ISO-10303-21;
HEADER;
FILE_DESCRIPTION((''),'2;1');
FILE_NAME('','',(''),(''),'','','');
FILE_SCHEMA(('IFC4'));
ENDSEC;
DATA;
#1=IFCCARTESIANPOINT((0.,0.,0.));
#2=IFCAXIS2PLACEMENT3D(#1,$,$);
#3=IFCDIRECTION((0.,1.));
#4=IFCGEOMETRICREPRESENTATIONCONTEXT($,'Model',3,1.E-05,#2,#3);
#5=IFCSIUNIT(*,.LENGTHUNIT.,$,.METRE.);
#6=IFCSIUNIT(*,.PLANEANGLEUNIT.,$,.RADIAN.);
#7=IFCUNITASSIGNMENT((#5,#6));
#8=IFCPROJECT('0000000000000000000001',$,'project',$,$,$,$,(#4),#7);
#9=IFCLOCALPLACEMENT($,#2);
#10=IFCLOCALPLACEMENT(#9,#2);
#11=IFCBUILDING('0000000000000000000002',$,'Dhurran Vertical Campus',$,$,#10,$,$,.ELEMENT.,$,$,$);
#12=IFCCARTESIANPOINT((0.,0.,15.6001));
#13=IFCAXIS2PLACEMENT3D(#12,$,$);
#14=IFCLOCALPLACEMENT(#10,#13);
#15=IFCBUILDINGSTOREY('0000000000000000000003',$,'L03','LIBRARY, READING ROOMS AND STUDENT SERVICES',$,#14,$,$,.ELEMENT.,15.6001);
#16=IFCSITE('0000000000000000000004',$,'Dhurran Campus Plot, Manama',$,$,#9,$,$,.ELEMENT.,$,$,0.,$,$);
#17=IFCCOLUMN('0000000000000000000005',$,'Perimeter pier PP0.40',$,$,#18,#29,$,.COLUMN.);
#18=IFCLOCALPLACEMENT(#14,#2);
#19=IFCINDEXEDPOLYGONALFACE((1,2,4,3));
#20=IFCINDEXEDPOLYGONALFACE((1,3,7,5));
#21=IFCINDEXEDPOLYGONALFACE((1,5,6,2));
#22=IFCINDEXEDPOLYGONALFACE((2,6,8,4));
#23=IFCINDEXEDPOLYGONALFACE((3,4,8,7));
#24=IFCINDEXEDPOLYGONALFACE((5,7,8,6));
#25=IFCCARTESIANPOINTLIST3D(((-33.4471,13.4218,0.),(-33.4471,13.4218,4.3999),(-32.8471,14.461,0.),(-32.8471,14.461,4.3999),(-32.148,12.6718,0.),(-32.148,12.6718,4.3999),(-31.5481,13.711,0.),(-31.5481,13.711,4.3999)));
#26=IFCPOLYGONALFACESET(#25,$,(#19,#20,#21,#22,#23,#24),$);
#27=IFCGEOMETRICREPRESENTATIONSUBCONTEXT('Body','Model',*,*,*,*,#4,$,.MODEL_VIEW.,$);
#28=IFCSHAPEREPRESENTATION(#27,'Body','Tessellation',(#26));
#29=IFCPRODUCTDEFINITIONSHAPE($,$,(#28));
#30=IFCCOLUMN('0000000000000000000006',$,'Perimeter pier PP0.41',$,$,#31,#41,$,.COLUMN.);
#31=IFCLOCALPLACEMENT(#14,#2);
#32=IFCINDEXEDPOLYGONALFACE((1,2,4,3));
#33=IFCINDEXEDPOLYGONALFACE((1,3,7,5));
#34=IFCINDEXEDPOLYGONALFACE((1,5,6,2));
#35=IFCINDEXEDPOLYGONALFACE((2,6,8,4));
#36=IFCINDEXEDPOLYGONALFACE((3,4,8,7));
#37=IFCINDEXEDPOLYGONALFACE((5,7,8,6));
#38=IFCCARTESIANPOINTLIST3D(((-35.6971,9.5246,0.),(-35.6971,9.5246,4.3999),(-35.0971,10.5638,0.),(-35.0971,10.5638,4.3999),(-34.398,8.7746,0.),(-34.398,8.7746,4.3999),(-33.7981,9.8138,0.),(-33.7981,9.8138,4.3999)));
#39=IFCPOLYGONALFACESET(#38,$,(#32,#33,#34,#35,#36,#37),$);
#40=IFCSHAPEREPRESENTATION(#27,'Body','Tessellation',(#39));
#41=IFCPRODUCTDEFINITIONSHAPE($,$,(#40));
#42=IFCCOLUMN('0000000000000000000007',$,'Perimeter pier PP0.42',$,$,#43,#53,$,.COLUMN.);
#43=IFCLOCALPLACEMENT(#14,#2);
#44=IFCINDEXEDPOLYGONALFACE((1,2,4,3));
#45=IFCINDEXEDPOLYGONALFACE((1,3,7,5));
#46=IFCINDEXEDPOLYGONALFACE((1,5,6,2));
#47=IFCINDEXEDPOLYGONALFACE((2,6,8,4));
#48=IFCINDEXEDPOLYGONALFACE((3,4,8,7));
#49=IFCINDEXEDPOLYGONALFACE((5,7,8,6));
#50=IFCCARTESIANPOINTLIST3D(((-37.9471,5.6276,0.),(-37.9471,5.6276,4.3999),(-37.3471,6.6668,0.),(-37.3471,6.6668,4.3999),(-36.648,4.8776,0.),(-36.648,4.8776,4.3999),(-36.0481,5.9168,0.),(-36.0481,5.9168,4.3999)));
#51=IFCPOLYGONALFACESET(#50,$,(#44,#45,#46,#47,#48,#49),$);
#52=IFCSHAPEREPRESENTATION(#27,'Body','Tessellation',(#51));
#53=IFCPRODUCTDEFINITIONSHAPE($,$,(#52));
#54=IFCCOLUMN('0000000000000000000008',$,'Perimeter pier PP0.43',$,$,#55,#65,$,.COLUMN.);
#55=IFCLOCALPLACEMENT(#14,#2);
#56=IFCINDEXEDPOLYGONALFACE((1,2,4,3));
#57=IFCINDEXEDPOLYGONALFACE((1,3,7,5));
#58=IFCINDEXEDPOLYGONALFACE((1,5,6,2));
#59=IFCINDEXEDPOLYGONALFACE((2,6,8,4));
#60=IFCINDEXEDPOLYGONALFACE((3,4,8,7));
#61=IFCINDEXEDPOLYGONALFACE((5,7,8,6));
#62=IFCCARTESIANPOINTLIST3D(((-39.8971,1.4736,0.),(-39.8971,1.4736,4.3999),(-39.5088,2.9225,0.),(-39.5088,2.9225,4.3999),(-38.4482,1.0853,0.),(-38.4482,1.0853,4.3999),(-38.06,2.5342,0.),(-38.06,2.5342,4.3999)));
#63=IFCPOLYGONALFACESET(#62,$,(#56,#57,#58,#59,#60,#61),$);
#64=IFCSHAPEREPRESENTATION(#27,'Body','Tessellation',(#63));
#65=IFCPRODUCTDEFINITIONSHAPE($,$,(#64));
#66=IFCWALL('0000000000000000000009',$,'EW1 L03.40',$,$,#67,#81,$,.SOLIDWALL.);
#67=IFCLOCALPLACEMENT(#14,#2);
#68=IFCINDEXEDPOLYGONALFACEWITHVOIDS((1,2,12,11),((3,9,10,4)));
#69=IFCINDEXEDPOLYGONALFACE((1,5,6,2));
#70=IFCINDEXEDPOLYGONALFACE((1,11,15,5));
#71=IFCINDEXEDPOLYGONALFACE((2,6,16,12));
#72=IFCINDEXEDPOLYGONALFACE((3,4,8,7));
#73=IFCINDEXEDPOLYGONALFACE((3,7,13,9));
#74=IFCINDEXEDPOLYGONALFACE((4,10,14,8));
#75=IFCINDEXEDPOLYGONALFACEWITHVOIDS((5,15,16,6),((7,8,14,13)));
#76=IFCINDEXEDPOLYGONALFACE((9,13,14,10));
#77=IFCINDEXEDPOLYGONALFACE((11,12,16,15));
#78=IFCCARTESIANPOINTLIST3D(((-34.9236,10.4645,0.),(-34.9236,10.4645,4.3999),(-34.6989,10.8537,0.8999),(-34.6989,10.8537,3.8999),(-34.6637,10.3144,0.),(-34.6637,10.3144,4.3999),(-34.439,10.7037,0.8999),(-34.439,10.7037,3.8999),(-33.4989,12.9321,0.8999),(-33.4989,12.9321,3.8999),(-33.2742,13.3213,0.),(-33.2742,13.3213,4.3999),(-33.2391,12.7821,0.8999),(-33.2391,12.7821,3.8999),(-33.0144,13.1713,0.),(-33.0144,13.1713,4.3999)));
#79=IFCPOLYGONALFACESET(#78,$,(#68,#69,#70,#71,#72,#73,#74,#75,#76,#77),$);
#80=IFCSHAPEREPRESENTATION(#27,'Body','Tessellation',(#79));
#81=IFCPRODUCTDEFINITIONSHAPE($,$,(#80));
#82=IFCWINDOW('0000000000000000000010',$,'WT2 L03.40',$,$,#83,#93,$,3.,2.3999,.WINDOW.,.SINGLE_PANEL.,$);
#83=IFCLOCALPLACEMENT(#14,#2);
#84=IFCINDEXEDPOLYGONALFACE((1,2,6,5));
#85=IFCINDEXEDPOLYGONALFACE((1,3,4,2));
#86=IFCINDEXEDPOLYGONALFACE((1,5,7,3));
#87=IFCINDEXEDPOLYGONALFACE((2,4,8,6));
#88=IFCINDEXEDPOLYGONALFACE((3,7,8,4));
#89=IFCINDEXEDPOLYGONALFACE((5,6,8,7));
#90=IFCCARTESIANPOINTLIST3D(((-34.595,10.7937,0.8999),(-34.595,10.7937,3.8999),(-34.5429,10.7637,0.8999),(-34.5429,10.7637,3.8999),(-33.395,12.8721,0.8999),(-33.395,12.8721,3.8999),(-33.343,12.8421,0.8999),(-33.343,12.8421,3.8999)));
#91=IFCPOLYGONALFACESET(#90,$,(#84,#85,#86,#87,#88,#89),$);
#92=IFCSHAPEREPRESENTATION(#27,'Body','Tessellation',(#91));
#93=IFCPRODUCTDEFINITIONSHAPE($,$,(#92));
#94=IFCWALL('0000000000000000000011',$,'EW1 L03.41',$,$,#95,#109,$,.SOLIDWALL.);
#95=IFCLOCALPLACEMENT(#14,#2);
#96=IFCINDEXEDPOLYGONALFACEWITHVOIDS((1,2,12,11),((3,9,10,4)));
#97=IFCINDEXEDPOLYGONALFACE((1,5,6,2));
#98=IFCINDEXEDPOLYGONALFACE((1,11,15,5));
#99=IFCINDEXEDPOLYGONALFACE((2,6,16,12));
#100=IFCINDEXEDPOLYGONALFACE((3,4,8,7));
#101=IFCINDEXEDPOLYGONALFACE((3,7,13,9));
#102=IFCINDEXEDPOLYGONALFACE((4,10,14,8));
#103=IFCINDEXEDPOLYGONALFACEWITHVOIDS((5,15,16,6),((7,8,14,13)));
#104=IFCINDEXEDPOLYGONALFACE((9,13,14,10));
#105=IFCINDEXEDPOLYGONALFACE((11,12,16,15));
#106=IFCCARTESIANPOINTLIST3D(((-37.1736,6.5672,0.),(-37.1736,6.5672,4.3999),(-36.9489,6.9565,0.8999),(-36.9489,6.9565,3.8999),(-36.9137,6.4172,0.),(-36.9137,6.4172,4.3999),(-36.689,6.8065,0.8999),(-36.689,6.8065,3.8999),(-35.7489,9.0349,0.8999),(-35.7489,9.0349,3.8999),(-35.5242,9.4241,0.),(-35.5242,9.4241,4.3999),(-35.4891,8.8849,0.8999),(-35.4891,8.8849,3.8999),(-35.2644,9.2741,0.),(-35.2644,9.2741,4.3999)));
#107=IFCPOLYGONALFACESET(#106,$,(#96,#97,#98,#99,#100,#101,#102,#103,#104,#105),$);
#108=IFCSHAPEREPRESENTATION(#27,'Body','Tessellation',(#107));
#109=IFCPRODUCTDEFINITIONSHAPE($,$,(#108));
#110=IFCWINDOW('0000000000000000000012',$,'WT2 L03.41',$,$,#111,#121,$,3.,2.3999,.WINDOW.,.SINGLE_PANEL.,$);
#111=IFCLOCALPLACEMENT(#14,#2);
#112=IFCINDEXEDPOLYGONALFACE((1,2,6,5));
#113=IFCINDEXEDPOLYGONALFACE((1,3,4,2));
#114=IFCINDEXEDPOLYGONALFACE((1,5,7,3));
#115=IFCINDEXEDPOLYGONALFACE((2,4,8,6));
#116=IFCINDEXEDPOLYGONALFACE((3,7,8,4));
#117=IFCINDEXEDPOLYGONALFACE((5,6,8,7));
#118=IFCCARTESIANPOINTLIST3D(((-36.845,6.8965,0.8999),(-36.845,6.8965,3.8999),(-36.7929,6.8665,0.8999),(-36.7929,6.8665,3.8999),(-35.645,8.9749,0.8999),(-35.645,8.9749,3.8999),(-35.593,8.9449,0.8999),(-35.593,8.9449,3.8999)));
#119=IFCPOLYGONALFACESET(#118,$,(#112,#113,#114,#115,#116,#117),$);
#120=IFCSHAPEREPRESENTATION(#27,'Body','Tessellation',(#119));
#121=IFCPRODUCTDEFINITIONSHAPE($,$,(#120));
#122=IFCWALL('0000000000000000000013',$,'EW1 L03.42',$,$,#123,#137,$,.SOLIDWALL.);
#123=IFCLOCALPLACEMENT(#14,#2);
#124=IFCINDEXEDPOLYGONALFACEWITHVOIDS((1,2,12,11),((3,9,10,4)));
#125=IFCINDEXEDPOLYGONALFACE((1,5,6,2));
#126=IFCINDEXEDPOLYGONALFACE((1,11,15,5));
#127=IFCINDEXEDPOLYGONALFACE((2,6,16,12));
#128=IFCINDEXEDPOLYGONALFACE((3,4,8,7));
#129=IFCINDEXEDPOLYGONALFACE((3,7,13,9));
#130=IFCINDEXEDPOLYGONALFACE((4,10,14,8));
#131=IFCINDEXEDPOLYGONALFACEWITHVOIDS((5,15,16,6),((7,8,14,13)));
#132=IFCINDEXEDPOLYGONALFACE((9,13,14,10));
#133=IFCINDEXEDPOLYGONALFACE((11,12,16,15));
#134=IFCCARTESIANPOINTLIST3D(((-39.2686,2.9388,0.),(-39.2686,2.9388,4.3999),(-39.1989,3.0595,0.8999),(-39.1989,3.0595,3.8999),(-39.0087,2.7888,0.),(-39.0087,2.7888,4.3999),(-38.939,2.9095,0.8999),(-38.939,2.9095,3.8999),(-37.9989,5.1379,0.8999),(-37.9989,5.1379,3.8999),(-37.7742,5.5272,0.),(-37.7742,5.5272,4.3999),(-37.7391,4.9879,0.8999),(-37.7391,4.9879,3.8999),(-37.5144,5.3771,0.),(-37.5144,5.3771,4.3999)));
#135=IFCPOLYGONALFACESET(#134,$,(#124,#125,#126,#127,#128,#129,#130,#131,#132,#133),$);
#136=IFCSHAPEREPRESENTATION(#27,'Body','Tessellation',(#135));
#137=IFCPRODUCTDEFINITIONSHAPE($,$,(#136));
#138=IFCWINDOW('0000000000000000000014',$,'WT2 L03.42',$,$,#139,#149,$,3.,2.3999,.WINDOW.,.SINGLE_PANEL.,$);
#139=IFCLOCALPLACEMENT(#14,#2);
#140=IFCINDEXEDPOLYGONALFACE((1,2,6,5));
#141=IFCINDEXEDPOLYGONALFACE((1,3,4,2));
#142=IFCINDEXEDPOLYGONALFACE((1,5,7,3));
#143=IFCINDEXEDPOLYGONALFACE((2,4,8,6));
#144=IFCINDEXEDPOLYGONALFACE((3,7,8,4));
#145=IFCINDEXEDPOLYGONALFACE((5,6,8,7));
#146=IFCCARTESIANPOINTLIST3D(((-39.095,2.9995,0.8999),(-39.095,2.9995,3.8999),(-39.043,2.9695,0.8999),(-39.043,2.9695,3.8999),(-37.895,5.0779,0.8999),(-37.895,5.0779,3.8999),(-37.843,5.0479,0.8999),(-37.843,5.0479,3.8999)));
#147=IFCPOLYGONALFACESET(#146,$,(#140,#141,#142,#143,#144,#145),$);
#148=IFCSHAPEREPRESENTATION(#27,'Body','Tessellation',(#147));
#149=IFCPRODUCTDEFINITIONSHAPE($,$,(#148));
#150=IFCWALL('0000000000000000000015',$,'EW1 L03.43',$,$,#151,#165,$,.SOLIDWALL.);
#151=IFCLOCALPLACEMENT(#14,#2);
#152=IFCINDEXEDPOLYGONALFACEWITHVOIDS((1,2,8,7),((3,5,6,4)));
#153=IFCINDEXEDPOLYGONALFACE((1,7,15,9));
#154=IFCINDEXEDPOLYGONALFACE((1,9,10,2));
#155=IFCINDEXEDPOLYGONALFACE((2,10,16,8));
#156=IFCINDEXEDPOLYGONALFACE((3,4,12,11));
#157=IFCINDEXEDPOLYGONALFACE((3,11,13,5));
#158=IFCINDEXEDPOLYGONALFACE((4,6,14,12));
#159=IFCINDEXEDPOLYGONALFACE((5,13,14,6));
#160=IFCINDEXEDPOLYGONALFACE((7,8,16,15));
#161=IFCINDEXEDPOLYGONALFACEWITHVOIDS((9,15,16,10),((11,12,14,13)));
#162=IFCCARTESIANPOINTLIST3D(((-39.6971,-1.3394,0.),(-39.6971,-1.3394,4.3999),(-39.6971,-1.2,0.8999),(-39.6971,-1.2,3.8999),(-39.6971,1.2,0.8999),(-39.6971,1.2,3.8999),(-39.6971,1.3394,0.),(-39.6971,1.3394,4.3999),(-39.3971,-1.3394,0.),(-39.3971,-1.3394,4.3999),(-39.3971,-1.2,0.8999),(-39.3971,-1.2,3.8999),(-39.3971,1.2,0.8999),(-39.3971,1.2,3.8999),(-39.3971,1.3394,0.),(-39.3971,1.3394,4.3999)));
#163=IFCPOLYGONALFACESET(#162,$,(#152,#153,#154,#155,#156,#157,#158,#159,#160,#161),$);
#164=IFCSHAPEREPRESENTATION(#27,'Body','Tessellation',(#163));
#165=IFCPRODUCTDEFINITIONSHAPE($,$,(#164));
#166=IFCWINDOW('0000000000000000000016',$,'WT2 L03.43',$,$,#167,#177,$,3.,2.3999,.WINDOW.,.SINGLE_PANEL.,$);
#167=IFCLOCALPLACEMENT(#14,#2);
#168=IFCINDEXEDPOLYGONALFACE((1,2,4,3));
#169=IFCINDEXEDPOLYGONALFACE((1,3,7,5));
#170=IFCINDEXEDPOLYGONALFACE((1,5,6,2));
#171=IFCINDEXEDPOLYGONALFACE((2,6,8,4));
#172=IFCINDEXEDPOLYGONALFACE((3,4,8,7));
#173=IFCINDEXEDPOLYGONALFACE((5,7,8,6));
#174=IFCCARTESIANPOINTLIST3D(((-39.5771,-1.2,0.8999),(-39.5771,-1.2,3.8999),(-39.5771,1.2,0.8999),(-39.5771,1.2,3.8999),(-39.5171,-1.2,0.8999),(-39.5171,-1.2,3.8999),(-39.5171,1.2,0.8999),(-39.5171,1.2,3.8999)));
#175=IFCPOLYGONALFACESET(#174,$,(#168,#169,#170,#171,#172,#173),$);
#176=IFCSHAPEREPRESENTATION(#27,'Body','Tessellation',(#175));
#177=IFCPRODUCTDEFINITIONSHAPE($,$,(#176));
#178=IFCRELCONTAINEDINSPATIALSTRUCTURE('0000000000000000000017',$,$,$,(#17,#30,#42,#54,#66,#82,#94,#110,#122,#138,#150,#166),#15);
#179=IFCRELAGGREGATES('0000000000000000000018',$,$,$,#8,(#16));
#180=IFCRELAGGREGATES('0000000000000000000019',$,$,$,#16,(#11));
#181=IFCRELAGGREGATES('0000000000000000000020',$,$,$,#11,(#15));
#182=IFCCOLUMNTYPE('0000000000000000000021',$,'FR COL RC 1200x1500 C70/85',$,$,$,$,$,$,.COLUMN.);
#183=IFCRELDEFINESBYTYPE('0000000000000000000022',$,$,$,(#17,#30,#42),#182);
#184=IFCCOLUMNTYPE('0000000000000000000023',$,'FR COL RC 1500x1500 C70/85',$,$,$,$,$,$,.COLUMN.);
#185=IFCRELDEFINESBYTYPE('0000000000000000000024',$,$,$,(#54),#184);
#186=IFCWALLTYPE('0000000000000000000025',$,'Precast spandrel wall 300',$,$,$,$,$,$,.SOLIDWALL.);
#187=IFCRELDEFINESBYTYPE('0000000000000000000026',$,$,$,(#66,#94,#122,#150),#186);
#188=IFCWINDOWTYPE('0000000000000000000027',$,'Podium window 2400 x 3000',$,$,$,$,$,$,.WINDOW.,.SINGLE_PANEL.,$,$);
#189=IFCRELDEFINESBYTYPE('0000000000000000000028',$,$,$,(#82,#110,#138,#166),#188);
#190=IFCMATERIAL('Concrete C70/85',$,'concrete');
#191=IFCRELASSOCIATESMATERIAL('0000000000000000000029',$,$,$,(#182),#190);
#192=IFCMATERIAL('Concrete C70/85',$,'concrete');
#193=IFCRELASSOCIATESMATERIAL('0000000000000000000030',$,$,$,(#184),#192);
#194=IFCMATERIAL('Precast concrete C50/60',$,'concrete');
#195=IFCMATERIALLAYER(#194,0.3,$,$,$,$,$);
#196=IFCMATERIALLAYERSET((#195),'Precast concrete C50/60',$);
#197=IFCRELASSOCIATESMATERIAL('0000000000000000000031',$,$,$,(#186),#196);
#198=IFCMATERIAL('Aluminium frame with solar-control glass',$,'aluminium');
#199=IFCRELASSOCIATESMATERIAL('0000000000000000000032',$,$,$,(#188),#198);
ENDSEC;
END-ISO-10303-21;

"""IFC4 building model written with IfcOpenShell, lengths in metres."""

from ifc_helpers import new_model, si_unit, direction, frame, frame_2d, origin, origin_2d, place, context, subcontext, project, spatial, rectangle, extrude, material, layer, layer_set, material_profile, profile_set, type_object, element, fill, save


model = new_model("IFC4")

# Units and contexts
model_context = context("Model", 3, precision=1e-05, world=origin(), true_north=direction((0.0, 1.0)))
body_context = subcontext(model_context, "Body", "Model", "MODEL_VIEW")
ifc_project = project(units=[si_unit("LENGTHUNIT", "METRE"), si_unit("PLANEANGLEUNIT", "RADIAN")], contexts=[model_context])

# Site, building, storey
site_placement = place(None, origin())
site = spatial("IfcSite", under=ifc_project, at=site_placement, Name="Dhurran Campus Plot, Manama", CompositionType="ELEMENT", RefElevation=0.0)
building_placement = place(site_placement, origin())
building = spatial("IfcBuilding", under=site, at=building_placement, Name="Dhurran Vertical Campus", CompositionType="ELEMENT")
storey_placement = place(building_placement, frame((0.0, 0.0, 15.6001)))
storey = spatial("IfcBuildingStorey", under=building, at=storey_placement, Name="L03", Description="LIBRARY, READING ROOMS AND STUDENT SERVICES", CompositionType="ELEMENT", Elevation=15.6001)

# Columns
ifc_material_1 = material(Name="Concrete C70/85", Category="concrete")
ifc_material_profile_1 = material_profile(ifc_material_1, rectangle(XDim=1.2, YDim=1.5, at=origin_2d()), Name="RC 1200x1500")
ifc_profile_set_1 = profile_set([ifc_material_profile_1], Name="Concrete C70/85")
column_type_1 = type_object("IfcColumnType", Name="FR COL RC 1200x1500 C70/85", PredefinedType="COLUMN", material=ifc_profile_set_1)
for number, where, z_axis, x_axis, name in (
    (1, (-32.4976, 13.5664, 0.0), (0.0, 0.0, 1.0), (-0.5, -0.866025, 0.0), "Perimeter pier PP0.40"),
    (2, (-34.7476, 9.6692, 0.0), (0.0, 0.0, 1.0), (-0.5, -0.866025, 0.0), "Perimeter pier PP0.41"),
    (3, (-36.9976, 5.7722, 0.0), (0.0, 0.0, 1.0), (-0.5, -0.866025, 0.0), "Perimeter pier PP0.42"),
):
    element("IfcColumn", number, at=place(storey_placement, frame(where, z_axis=z_axis, x_axis=x_axis)), inside=storey, type_object=column_type_1, Name=name, PredefinedType="COLUMN", context=body_context, shape_type="SweptSolid", body=[
        extrude(rectangle(XDim=1.2, YDim=1.5, at=origin_2d()), origin(), (0.0, 0.0, 1.0), 4.3999),
    ])
ifc_material_2 = material(Name="Concrete C70/85", Category="concrete")
ifc_material_profile_2 = material_profile(ifc_material_2, rectangle(XDim=1.5, YDim=1.5, at=origin_2d()), Name="RC 1500x1500")
ifc_profile_set_2 = profile_set([ifc_material_profile_2], Name="Concrete C70/85")
column_type_2 = type_object("IfcColumnType", Name="FR COL RC 1500x1500 C70/85", PredefinedType="COLUMN", material=ifc_profile_set_2)
column_placement = place(storey_placement, frame((-38.9785, 2.0039, 0.0), z_axis=(0.0, 0.0, 1.0), x_axis=(-0.258819, -0.965926, 0.0)))
element("IfcColumn", 4, at=column_placement, inside=storey, type_object=column_type_2, Name="Perimeter pier PP0.43", PredefinedType="COLUMN", context=body_context, shape_type="SweptSolid", body=[
    extrude(rectangle(XDim=1.5, YDim=1.5, at=origin_2d()), origin(), (0.0, 0.0, 1.0), 4.3999),
])

# Walls, openings, windows
ifc_material_3 = material(Name="Precast concrete C50/60", Category="concrete")
ifc_layer_1 = layer(ifc_material_3, 0.3)
ifc_layer_set_1 = layer_set([ifc_layer_1], Name="Precast concrete C50/60")
wall_type_1 = type_object("IfcWallType", Name="Precast spandrel wall 300", PredefinedType="SOLIDWALL", material=ifc_layer_set_1)
wall_1_placement = place(storey_placement, frame((-33.1443, 13.2463, 0.0), z_axis=(0.0, 0.0, 1.0), x_axis=(-0.499992, -0.86603, 0.0)))
wall_1 = element("IfcWall", 5, at=wall_1_placement, inside=storey, type_object=wall_type_1, Name="EW1 L03.40", PredefinedType="SOLIDWALL", context=body_context, shape_type="SweptSolid", body=[
    extrude(rectangle(XDim=3.2988, YDim=0.3, at=frame_2d((1.6494, 0.0))), origin(), (0.0, 0.0, 1.0), 4.3999),
])
opening_1_placement = place(wall_1_placement, frame((0.4495, 0.0, 0.8999)))
opening_1 = element("IfcOpeningElement", 6, at=opening_1_placement, cuts=wall_1, PredefinedType="OPENING", context=body_context, shape_type="SweptSolid", body=[
    extrude(rectangle(XDim=2.3999, YDim=3.0, at=frame_2d((1.2, 1.5))), frame((0.0, 0.1599, 0.0), z_axis=(0.0, -1.0, 0.0), x_axis=(1.0, 0.0, 0.0)), (0.0, 0.0, 1.0), 0.3201),
])
ifc_material_4 = material(Name="Aluminium frame with solar-control glass", Category="aluminium")
window_type = type_object("IfcWindowType", Name="Podium window 2400 x 3000", PartitioningType="SINGLE_PANEL", PredefinedType="WINDOW", material=ifc_material_4)
window_1_placement = place(opening_1_placement, origin())
window_1 = element("IfcWindow", 7, at=window_1_placement, inside=storey, type_object=window_type, Name="WT2 L03.40", OverallHeight=3.0, OverallWidth=2.3999, PartitioningType="SINGLE_PANEL", PredefinedType="WINDOW", context=body_context, shape_type="SweptSolid", body=[
    extrude(rectangle(XDim=2.3999, YDim=3.0, at=frame_2d((1.2, 1.5))), frame((0.0, 0.03, 0.0), z_axis=(0.0, -1.0, 0.0), x_axis=(1.0, 0.0, 0.0)), (0.0, 0.0, 1.0), 0.0601),
])
fill(opening_1, window_1)
wall_2_placement = place(storey_placement, frame((-35.3943, 9.3491, 0.0), z_axis=(0.0, 0.0, 1.0), x_axis=(-0.499992, -0.86603, 0.0)))
wall_2 = element("IfcWall", 8, at=wall_2_placement, inside=storey, type_object=wall_type_1, Name="EW1 L03.41", PredefinedType="SOLIDWALL", context=body_context, shape_type="SweptSolid", body=[
    extrude(rectangle(XDim=3.2988, YDim=0.3, at=frame_2d((1.6494, 0.0))), origin(), (0.0, 0.0, 1.0), 4.3999),
])
opening_2_placement = place(wall_2_placement, frame((0.4495, 0.0, 0.8999)))
opening_2 = element("IfcOpeningElement", 9, at=opening_2_placement, cuts=wall_2, PredefinedType="OPENING", context=body_context, shape_type="SweptSolid", body=[
    extrude(rectangle(XDim=2.3999, YDim=3.0, at=frame_2d((1.2, 1.5))), frame((0.0, 0.1599, 0.0), z_axis=(0.0, -1.0, 0.0), x_axis=(1.0, 0.0, 0.0)), (0.0, 0.0, 1.0), 0.3201),
])
window_2_placement = place(opening_2_placement, origin())
window_2 = element("IfcWindow", 10, at=window_2_placement, inside=storey, type_object=window_type, Name="WT2 L03.41", OverallHeight=3.0, OverallWidth=2.3999, PartitioningType="SINGLE_PANEL", PredefinedType="WINDOW", context=body_context, shape_type="SweptSolid", body=[
    extrude(rectangle(XDim=2.3999, YDim=3.0, at=frame_2d((1.2, 1.5))), frame((0.0, 0.03, 0.0), z_axis=(0.0, -1.0, 0.0), x_axis=(1.0, 0.0, 0.0)), (0.0, 0.0, 1.0), 0.0601),
])
fill(opening_2, window_2)
wall_3_placement = place(storey_placement, frame((-37.6443, 5.4521, 0.0), z_axis=(0.0, 0.0, 1.0), x_axis=(-0.499996, -0.866028, 0.0)))
wall_3 = element("IfcWall", 11, at=wall_3_placement, inside=storey, type_object=wall_type_1, Name="EW1 L03.42", PredefinedType="SOLIDWALL", context=body_context, shape_type="SweptSolid", body=[
    extrude(rectangle(XDim=2.9888, YDim=0.3, at=frame_2d((1.4944, 0.0))), origin(), (0.0, 0.0, 1.0), 4.3999),
])
opening_3_placement = place(wall_3_placement, frame((0.4495, 0.0, 0.8999)))
opening_3 = element("IfcOpeningElement", 12, at=opening_3_placement, cuts=wall_3, PredefinedType="OPENING", context=body_context, shape_type="SweptSolid", body=[
    extrude(rectangle(XDim=2.3999, YDim=3.0, at=frame_2d((1.2, 1.5))), frame((0.0, 0.1599, 0.0), z_axis=(0.0, -1.0, 0.0), x_axis=(1.0, 0.0, 0.0)), (0.0, 0.0, 1.0), 0.3201),
])
window_3_placement = place(opening_3_placement, origin())
window_3 = element("IfcWindow", 13, at=window_3_placement, inside=storey, type_object=window_type, Name="WT2 L03.42", OverallHeight=3.0, OverallWidth=2.3999, PartitioningType="SINGLE_PANEL", PredefinedType="WINDOW", context=body_context, shape_type="SweptSolid", body=[
    extrude(rectangle(XDim=2.3999, YDim=3.0, at=frame_2d((1.2, 1.5))), frame((0.0, 0.03, 0.0), z_axis=(0.0, -1.0, 0.0), x_axis=(1.0, 0.0, 0.0)), (0.0, 0.0, 1.0), 0.0601),
])
fill(opening_3, window_3)
wall_4_placement = place(storey_placement, frame((-39.5471, 1.3394, 0.0), z_axis=(0.0, 0.0, 1.0), x_axis=(0.0, -1.0, 0.0)))
wall_4 = element("IfcWall", 14, at=wall_4_placement, inside=storey, type_object=wall_type_1, Name="EW1 L03.43", PredefinedType="SOLIDWALL", context=body_context, shape_type="SweptSolid", body=[
    extrude(rectangle(XDim=2.6787, YDim=0.3, at=frame_2d((1.3394, 0.0))), origin(), (0.0, 0.0, 1.0), 4.3999),
])
opening_4_placement = place(wall_4_placement, frame((0.1394, 0.0, 0.8999)))
opening_4 = element("IfcOpeningElement", 15, at=opening_4_placement, cuts=wall_4, PredefinedType="OPENING", context=body_context, shape_type="SweptSolid", body=[
    extrude(rectangle(XDim=2.3999, YDim=3.0, at=frame_2d((1.2, 1.5))), frame((0.0, 0.1599, 0.0), z_axis=(0.0, -1.0, 0.0), x_axis=(1.0, 0.0, 0.0)), (0.0, 0.0, 1.0), 0.3201),
])
window_4_placement = place(opening_4_placement, origin())
window_4 = element("IfcWindow", 16, at=window_4_placement, inside=storey, type_object=window_type, Name="WT2 L03.43", OverallHeight=3.0, OverallWidth=2.3999, PartitioningType="SINGLE_PANEL", PredefinedType="WINDOW", context=body_context, shape_type="SweptSolid", body=[
    extrude(rectangle(XDim=2.3999, YDim=3.0, at=frame_2d((1.2, 1.5))), frame((0.0, 0.03, 0.0), z_axis=(0.0, -1.0, 0.0), x_axis=(1.0, 0.0, 0.0)), (0.0, 0.0, 1.0), 0.0601),
])
fill(opening_4, window_4)

save(model, "model.ifc")
